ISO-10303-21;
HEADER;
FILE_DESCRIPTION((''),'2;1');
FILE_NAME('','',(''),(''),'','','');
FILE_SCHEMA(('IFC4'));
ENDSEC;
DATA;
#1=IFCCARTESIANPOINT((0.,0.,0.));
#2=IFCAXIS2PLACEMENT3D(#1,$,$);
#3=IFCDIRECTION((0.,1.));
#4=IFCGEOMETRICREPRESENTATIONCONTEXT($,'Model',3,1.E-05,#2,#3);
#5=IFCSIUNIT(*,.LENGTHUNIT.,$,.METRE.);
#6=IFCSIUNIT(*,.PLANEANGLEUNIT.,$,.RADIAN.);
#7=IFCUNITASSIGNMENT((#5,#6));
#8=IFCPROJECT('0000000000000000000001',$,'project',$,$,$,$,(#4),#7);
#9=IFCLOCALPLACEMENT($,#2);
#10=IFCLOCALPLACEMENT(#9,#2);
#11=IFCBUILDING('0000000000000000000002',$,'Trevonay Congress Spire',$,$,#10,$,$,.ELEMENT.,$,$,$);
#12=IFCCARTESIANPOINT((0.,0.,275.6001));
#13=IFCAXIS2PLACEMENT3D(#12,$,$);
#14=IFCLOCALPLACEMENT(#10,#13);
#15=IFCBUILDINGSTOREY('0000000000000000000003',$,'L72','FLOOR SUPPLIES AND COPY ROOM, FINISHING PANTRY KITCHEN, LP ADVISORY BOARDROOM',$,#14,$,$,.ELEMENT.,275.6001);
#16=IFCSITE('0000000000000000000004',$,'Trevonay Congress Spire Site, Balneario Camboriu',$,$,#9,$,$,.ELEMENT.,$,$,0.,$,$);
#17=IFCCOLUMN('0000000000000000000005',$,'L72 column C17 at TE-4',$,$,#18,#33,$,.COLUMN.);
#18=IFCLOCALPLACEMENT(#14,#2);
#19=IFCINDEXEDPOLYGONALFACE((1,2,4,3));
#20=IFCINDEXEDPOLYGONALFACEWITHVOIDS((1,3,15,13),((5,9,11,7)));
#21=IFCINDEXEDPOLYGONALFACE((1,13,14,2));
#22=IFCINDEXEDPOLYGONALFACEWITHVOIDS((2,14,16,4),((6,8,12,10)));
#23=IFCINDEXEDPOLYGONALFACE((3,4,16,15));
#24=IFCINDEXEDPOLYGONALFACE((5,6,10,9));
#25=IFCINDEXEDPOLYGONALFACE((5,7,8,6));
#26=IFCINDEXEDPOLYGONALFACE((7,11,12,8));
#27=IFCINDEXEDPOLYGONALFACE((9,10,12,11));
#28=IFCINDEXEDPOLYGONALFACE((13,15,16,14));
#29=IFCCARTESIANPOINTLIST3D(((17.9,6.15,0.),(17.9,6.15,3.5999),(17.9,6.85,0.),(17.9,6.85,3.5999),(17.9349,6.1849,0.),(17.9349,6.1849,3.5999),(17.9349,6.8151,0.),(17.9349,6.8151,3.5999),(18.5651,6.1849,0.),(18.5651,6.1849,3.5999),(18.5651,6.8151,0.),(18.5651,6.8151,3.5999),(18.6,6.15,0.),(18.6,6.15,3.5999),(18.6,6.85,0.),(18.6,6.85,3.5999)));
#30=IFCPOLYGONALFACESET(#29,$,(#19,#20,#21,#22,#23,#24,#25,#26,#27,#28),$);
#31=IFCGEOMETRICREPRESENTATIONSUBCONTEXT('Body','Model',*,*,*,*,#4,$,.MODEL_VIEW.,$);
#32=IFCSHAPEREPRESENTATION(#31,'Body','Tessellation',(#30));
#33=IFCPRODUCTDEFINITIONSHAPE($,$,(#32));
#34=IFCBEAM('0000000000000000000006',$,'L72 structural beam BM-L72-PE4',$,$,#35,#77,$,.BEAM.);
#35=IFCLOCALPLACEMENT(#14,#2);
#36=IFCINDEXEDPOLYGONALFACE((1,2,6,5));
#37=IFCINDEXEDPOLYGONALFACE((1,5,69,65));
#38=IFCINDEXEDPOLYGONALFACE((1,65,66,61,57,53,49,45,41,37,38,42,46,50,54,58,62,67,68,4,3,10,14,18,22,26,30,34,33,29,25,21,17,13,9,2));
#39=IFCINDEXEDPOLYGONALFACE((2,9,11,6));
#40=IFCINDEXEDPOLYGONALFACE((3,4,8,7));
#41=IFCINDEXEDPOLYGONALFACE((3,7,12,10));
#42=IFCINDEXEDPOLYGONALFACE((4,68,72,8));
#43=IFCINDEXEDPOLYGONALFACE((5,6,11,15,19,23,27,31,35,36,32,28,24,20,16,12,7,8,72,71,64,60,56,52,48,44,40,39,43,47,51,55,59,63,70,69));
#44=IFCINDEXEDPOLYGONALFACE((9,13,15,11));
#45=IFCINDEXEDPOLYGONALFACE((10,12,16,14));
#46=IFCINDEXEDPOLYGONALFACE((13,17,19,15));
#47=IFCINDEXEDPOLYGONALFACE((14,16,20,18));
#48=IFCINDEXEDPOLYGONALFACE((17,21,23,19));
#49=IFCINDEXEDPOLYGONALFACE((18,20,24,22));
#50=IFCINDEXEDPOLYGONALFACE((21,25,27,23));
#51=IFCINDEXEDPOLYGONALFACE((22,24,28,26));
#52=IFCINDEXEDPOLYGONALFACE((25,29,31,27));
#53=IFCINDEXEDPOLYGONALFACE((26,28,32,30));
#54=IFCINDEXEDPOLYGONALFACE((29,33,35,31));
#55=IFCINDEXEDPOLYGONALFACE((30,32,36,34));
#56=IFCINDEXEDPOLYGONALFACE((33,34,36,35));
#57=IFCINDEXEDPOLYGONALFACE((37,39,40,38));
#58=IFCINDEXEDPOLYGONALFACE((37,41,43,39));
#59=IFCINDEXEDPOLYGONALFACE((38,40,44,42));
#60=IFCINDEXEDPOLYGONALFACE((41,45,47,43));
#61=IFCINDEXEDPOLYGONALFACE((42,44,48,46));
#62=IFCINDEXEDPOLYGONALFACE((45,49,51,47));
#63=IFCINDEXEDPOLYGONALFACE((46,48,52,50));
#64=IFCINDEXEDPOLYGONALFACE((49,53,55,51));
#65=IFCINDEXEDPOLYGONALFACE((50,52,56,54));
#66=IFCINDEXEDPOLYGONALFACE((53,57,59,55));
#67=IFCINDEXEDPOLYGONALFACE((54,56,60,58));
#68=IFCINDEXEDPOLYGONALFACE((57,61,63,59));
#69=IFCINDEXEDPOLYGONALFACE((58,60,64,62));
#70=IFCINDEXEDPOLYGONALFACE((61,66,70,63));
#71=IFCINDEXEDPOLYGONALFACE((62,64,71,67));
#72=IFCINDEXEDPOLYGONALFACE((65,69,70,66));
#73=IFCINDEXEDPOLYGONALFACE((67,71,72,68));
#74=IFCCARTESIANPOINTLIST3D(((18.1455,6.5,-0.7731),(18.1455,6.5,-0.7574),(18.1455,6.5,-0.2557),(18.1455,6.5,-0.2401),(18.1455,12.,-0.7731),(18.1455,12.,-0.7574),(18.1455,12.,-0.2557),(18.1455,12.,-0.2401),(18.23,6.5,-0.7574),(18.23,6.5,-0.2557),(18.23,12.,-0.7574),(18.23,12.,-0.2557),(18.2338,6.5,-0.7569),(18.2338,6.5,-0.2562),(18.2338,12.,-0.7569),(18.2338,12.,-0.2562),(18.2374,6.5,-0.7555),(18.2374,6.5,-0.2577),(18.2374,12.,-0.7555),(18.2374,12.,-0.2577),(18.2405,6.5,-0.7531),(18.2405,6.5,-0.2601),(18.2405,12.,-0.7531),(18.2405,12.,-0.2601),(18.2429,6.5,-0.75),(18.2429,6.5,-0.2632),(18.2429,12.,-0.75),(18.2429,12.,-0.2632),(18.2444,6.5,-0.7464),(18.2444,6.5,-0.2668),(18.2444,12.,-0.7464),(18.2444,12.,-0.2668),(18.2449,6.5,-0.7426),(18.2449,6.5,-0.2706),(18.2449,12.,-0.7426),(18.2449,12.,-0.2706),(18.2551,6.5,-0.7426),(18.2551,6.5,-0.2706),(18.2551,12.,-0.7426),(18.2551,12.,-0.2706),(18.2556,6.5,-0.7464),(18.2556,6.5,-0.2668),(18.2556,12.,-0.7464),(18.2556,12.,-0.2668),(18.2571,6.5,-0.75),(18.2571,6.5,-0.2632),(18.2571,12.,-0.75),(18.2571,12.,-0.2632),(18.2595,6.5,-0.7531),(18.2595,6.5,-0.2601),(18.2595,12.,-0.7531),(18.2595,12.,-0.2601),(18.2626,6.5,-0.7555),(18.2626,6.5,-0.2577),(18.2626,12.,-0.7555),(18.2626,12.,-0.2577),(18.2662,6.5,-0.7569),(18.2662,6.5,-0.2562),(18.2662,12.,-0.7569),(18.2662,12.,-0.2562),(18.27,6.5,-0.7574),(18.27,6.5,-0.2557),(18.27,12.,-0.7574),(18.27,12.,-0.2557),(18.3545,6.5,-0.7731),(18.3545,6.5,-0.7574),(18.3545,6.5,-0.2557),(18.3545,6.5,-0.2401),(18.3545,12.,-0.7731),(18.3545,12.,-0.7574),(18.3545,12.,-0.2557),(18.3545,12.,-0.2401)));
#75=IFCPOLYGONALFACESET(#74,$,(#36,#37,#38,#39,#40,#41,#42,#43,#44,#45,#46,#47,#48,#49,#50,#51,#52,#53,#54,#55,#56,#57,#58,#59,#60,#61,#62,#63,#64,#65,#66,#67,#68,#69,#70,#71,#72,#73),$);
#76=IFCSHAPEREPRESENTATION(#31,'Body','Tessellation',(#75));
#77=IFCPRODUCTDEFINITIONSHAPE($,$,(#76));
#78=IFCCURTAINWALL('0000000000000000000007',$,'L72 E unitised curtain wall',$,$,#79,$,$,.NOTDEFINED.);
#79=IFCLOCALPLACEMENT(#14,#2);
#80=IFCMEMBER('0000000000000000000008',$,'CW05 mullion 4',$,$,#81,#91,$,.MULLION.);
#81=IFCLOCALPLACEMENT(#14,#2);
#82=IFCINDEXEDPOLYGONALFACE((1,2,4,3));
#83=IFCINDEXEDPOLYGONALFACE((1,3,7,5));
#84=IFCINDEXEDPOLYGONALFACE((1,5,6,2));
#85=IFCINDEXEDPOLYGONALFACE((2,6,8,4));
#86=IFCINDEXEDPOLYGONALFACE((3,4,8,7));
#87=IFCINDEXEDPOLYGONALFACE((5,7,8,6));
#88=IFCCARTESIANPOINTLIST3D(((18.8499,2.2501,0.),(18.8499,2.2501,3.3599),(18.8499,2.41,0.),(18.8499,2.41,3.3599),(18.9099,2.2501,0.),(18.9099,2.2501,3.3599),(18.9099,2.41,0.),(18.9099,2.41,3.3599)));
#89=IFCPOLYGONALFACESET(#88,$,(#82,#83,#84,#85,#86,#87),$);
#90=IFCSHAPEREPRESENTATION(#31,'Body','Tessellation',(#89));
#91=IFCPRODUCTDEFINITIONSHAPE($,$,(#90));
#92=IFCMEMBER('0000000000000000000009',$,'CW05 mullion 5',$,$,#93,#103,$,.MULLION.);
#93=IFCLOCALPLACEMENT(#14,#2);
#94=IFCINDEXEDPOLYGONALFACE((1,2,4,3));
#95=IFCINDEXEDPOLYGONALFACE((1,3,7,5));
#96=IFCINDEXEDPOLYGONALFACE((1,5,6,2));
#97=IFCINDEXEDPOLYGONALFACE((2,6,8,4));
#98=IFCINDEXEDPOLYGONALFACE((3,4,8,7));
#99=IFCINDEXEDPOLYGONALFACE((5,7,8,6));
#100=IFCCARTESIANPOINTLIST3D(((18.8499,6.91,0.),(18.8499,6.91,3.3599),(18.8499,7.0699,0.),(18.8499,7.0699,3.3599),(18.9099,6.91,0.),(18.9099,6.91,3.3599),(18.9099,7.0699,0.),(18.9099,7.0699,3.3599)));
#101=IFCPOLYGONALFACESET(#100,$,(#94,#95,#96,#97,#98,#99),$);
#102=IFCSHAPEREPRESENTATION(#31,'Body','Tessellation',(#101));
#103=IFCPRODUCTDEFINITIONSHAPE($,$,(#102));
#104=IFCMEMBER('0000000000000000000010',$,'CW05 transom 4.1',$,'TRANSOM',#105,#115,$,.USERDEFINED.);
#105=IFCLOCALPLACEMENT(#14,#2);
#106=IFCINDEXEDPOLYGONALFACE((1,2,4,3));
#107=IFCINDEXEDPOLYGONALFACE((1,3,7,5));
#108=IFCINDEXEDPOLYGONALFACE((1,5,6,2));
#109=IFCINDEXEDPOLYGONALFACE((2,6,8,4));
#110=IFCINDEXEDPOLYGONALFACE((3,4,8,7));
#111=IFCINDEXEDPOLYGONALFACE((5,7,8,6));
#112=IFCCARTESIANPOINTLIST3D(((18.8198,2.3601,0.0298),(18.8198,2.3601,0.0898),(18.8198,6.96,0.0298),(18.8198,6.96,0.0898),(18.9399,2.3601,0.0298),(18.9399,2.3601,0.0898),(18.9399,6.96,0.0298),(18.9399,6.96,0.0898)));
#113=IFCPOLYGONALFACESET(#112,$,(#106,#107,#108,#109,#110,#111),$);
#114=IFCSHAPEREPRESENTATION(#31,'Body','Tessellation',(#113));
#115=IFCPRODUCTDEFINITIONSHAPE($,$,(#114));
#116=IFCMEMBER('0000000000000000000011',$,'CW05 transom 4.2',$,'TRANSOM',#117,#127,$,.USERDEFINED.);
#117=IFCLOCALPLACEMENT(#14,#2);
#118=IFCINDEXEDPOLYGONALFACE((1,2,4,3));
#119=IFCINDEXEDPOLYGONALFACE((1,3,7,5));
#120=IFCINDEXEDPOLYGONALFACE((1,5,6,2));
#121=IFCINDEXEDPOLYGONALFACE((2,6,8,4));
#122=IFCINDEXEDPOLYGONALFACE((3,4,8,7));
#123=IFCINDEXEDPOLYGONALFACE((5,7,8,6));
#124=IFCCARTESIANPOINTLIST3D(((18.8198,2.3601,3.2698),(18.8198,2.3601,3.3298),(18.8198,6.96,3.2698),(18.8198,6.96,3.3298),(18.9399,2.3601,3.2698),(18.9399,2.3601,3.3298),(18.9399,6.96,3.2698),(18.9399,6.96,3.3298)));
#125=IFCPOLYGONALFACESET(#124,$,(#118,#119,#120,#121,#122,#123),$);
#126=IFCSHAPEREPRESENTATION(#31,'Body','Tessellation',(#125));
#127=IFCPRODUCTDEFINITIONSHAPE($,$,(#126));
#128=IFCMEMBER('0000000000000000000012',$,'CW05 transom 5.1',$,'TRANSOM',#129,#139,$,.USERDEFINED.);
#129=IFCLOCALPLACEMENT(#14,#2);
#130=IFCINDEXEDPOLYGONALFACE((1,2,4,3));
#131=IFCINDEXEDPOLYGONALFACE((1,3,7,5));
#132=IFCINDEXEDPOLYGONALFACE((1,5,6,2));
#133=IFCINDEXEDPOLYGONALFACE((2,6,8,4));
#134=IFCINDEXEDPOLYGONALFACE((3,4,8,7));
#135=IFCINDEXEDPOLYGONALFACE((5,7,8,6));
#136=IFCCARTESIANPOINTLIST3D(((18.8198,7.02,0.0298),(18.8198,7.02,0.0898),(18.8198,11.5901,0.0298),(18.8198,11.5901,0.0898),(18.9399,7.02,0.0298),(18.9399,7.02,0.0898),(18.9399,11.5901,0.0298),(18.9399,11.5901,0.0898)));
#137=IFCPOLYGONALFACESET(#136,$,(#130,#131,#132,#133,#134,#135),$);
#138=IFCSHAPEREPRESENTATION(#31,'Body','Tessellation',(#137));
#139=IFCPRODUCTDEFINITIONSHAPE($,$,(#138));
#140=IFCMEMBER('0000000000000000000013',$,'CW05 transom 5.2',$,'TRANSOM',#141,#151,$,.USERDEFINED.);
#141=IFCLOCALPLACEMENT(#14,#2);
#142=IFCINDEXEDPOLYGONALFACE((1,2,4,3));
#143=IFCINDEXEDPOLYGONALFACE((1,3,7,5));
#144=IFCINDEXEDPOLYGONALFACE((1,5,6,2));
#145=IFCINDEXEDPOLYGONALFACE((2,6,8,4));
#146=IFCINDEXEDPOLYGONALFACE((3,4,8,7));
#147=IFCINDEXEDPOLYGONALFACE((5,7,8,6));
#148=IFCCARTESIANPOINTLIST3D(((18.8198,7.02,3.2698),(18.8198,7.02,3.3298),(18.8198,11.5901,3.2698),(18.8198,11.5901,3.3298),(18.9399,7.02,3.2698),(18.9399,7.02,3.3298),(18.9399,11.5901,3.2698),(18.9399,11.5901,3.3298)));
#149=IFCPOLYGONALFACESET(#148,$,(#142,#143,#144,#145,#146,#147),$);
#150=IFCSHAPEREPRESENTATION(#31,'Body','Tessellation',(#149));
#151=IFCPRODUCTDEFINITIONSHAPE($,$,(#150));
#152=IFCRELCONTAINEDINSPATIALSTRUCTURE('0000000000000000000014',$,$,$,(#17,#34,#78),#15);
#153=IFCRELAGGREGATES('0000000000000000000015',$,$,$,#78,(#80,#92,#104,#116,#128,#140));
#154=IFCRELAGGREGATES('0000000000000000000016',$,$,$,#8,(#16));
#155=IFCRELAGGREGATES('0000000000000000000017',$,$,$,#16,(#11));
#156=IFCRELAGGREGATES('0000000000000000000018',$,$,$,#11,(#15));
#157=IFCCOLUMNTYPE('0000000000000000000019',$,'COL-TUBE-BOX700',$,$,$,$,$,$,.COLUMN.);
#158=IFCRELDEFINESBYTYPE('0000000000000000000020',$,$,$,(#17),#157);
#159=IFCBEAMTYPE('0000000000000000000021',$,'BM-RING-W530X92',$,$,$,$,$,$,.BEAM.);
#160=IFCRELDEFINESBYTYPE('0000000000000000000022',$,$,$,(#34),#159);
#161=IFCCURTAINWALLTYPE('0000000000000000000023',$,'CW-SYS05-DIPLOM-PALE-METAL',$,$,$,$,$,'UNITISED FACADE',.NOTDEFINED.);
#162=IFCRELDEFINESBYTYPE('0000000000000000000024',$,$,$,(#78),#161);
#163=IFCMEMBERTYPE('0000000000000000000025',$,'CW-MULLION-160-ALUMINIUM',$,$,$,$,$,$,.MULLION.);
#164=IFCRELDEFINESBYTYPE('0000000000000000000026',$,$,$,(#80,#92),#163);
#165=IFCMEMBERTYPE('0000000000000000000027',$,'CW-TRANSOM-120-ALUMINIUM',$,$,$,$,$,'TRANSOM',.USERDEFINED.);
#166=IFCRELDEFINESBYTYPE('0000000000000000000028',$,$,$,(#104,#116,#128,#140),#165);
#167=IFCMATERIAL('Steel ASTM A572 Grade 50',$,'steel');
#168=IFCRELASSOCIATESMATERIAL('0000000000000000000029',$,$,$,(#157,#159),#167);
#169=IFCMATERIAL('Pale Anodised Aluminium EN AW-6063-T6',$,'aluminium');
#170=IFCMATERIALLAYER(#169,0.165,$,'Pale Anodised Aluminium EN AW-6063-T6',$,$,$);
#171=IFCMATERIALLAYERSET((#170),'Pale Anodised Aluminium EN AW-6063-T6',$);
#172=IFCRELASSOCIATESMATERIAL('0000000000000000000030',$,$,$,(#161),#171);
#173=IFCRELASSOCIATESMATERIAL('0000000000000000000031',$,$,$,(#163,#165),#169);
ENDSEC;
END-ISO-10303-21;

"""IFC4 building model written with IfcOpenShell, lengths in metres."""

from ifc_helpers import new_model, si_unit, direction, frame, origin, origin_2d, place, context, subcontext, project, spatial, rectangle, hollow_rectangle, i_section, extrude, material, layer, layer_set, material_profile, profile_set, type_object, element, aggregate, save


model = new_model("IFC4")

# Units and contexts
model_context = context("Model", 3, precision=1e-05, world=origin(), true_north=direction((0.0, 1.0)))
body_context = subcontext(model_context, "Body", "Model", "MODEL_VIEW")
ifc_project = project(units=[si_unit("LENGTHUNIT", "METRE"), si_unit("PLANEANGLEUNIT", "RADIAN")], contexts=[model_context])

# Site, building, storey
site_placement = place(None, origin())
site = spatial("IfcSite", under=ifc_project, at=site_placement, Name="Trevonay Congress Spire Site, Balneario Camboriu", CompositionType="ELEMENT", RefElevation=0.0)
building_placement = place(site_placement, origin())
building = spatial("IfcBuilding", under=site, at=building_placement, Name="Trevonay Congress Spire", CompositionType="ELEMENT")
storey_placement = place(building_placement, frame((0.0, 0.0, 275.6001)))
storey = spatial("IfcBuildingStorey", under=building, at=storey_placement, Name="L72", Description="FLOOR SUPPLIES AND COPY ROOM, FINISHING PANTRY KITCHEN, LP ADVISORY BOARDROOM", CompositionType="ELEMENT", Elevation=275.6001)

# Column
ifc_material_1 = material(Name="Steel ASTM A572 Grade 50", Category="steel")
ifc_material_profile_1 = material_profile(ifc_material_1, hollow_rectangle(XDim=0.7, YDim=0.7, WallThickness=0.0349, at=origin_2d()), Name="BOX 700x700x35")
ifc_profile_set_1 = profile_set([ifc_material_profile_1], Name="Steel ASTM A572 Grade 50")
column_type = type_object("IfcColumnType", Name="COL-TUBE-BOX700", PredefinedType="COLUMN", material=ifc_profile_set_1)
column_placement = place(storey_placement, frame((18.25, 6.5, 0.0), z_axis=(0.0, 0.0, 1.0), x_axis=(1.0, 0.0, 0.0)))
element("IfcColumn", 1, at=column_placement, inside=storey, type_object=column_type, Name="L72 column C17 at TE-4", PredefinedType="COLUMN", context=body_context, shape_type="SweptSolid", body=[
    extrude(hollow_rectangle(XDim=0.7, YDim=0.7, WallThickness=0.0349, at=origin_2d()), origin(), (0.0, 0.0, 1.0), 3.5999),
])

# Beam
ifc_material_profile_2 = material_profile(ifc_material_1, i_section(OverallWidth=0.209, OverallDepth=0.533, WebThickness=0.0103, FlangeThickness=0.0156, FilletRadius=0.0149, at=origin_2d()), Name="W530x92")
ifc_profile_set_2 = profile_set([ifc_material_profile_2], Name="Steel ASTM A572 Grade 50")
beam_type_1 = type_object("IfcBeamType", Name="BM-RING-W530X92", PredefinedType="BEAM", material=ifc_profile_set_2)
beam_1_placement = place(storey_placement, frame((18.25, 6.5, -0.5066), z_axis=(0.0, 1.0, 0.0), x_axis=(-1.0, 0.0, 0.0)))
element("IfcBeam", 2, at=beam_1_placement, inside=storey, type_object=beam_type_1, Name="L72 structural beam BM-L72-PE4", PredefinedType="BEAM", context=body_context, shape_type="SweptSolid", body=[
    extrude(i_section(OverallWidth=0.209, OverallDepth=0.533, WebThickness=0.0103, FlangeThickness=0.0156, FilletRadius=0.0149, at=origin_2d()), origin(), (0.0, 0.0, 1.0), 5.5),
])

# Curtain wall, members
ifc_material_2 = material(Name="Pale Anodised Aluminium EN AW-6063-T6", Category="aluminium")
ifc_layer_1 = layer(ifc_material_2, 0.165, Name="Pale Anodised Aluminium EN AW-6063-T6")
ifc_layer_set_1 = layer_set([ifc_layer_1], Name="Pale Anodised Aluminium EN AW-6063-T6")
curtain_wall_type = type_object("IfcCurtainWallType", Name="CW-SYS05-DIPLOM-PALE-METAL", ElementType="UNITISED FACADE", PredefinedType="NOTDEFINED", material=ifc_layer_set_1)
curtain_wall_placement = place(storey_placement, origin())
curtain_wall = element("IfcCurtainWall", 3, at=curtain_wall_placement, inside=storey, type_object=curtain_wall_type, Name="L72 E unitised curtain wall", PredefinedType="NOTDEFINED")
ifc_material_profile_3 = material_profile(ifc_material_2, rectangle(XDim=0.0601, YDim=0.1599, at=origin_2d()), Name="CW-MULLION-160-ALUMINIUM")
ifc_profile_set_3 = profile_set([ifc_material_profile_3], Name="Pale Anodised Aluminium EN AW-6063-T6")
member_type_1 = type_object("IfcMemberType", Name="CW-MULLION-160-ALUMINIUM", PredefinedType="MULLION", material=ifc_profile_set_3)
member_1_placement = place(storey_placement, frame((18.8799, 2.3301, 0.0), z_axis=(0.0, 0.0, 1.0), x_axis=(-1.0, 0.0, 0.0)))
member_1 = element("IfcMember", 4, at=member_1_placement, type_object=member_type_1, Name="CW05 mullion 4", PredefinedType="MULLION", context=body_context, shape_type="SweptSolid", body=[
    extrude(rectangle(XDim=0.0601, YDim=0.1599, at=origin_2d()), origin(), (0.0, 0.0, 1.0), 3.3599),
])
member_2_placement = place(storey_placement, frame((18.8799, 6.99, 0.0), z_axis=(0.0, 0.0, 1.0), x_axis=(-1.0, 0.0, 0.0)))
member_2 = element("IfcMember", 5, at=member_2_placement, type_object=member_type_1, Name="CW05 mullion 5", PredefinedType="MULLION", context=body_context, shape_type="SweptSolid", body=[
    extrude(rectangle(XDim=0.0601, YDim=0.1599, at=origin_2d()), origin(), (0.0, 0.0, 1.0), 3.3599),
])
ifc_material_profile_4 = material_profile(ifc_material_2, rectangle(XDim=0.1201, YDim=0.0601, at=origin_2d()), Name="CW-TRANSOM-120-ALUMINIUM")
ifc_profile_set_4 = profile_set([ifc_material_profile_4], Name="Pale Anodised Aluminium EN AW-6063-T6")
member_type_2 = type_object("IfcMemberType", Name="CW-TRANSOM-120-ALUMINIUM", ElementType="TRANSOM", PredefinedType="USERDEFINED", material=ifc_profile_set_4)
member_3_placement = place(storey_placement, frame((18.8799, 2.3601, 0.0598), z_axis=(0.0, 1.0, 0.0), x_axis=(-1.0, 0.0, 0.0)))
member_3 = element("IfcMember", 6, at=member_3_placement, type_object=member_type_2, Name="CW05 transom 4.1", ObjectType="TRANSOM", PredefinedType="USERDEFINED", context=body_context, shape_type="SweptSolid", body=[
    extrude(rectangle(XDim=0.1201, YDim=0.0601, at=origin_2d()), origin(), (0.0, 0.0, 1.0), 4.5999),
])
member_4_placement = place(storey_placement, frame((18.8799, 2.3601, 3.2998), z_axis=(0.0, 1.0, 0.0), x_axis=(-1.0, 0.0, 0.0)))
member_4 = element("IfcMember", 7, at=member_4_placement, type_object=member_type_2, Name="CW05 transom 4.2", ObjectType="TRANSOM", PredefinedType="USERDEFINED", context=body_context, shape_type="SweptSolid", body=[
    extrude(rectangle(XDim=0.1201, YDim=0.0601, at=origin_2d()), origin(), (0.0, 0.0, 1.0), 4.5999),
])
member_5_placement = place(storey_placement, frame((18.8799, 7.02, 0.0598), z_axis=(0.0, 1.0, 0.0), x_axis=(-1.0, 0.0, 0.0)))
member_5 = element("IfcMember", 8, at=member_5_placement, type_object=member_type_2, Name="CW05 transom 5.1", ObjectType="TRANSOM", PredefinedType="USERDEFINED", context=body_context, shape_type="SweptSolid", body=[
    extrude(rectangle(XDim=0.1201, YDim=0.0601, at=origin_2d()), origin(), (0.0, 0.0, 1.0), 4.5701),
])
member_6_placement = place(storey_placement, frame((18.8799, 7.02, 3.2998), z_axis=(0.0, 1.0, 0.0), x_axis=(-1.0, 0.0, 0.0)))
member_6 = element("IfcMember", 9, at=member_6_placement, type_object=member_type_2, Name="CW05 transom 5.2", ObjectType="TRANSOM", PredefinedType="USERDEFINED", context=body_context, shape_type="SweptSolid", body=[
    extrude(rectangle(XDim=0.1201, YDim=0.0601, at=origin_2d()), origin(), (0.0, 0.0, 1.0), 4.5701),
])

aggregate(curtain_wall, [member_1, member_2, member_3, member_4, member_5, member_6])

save(model, "model.ifc")
